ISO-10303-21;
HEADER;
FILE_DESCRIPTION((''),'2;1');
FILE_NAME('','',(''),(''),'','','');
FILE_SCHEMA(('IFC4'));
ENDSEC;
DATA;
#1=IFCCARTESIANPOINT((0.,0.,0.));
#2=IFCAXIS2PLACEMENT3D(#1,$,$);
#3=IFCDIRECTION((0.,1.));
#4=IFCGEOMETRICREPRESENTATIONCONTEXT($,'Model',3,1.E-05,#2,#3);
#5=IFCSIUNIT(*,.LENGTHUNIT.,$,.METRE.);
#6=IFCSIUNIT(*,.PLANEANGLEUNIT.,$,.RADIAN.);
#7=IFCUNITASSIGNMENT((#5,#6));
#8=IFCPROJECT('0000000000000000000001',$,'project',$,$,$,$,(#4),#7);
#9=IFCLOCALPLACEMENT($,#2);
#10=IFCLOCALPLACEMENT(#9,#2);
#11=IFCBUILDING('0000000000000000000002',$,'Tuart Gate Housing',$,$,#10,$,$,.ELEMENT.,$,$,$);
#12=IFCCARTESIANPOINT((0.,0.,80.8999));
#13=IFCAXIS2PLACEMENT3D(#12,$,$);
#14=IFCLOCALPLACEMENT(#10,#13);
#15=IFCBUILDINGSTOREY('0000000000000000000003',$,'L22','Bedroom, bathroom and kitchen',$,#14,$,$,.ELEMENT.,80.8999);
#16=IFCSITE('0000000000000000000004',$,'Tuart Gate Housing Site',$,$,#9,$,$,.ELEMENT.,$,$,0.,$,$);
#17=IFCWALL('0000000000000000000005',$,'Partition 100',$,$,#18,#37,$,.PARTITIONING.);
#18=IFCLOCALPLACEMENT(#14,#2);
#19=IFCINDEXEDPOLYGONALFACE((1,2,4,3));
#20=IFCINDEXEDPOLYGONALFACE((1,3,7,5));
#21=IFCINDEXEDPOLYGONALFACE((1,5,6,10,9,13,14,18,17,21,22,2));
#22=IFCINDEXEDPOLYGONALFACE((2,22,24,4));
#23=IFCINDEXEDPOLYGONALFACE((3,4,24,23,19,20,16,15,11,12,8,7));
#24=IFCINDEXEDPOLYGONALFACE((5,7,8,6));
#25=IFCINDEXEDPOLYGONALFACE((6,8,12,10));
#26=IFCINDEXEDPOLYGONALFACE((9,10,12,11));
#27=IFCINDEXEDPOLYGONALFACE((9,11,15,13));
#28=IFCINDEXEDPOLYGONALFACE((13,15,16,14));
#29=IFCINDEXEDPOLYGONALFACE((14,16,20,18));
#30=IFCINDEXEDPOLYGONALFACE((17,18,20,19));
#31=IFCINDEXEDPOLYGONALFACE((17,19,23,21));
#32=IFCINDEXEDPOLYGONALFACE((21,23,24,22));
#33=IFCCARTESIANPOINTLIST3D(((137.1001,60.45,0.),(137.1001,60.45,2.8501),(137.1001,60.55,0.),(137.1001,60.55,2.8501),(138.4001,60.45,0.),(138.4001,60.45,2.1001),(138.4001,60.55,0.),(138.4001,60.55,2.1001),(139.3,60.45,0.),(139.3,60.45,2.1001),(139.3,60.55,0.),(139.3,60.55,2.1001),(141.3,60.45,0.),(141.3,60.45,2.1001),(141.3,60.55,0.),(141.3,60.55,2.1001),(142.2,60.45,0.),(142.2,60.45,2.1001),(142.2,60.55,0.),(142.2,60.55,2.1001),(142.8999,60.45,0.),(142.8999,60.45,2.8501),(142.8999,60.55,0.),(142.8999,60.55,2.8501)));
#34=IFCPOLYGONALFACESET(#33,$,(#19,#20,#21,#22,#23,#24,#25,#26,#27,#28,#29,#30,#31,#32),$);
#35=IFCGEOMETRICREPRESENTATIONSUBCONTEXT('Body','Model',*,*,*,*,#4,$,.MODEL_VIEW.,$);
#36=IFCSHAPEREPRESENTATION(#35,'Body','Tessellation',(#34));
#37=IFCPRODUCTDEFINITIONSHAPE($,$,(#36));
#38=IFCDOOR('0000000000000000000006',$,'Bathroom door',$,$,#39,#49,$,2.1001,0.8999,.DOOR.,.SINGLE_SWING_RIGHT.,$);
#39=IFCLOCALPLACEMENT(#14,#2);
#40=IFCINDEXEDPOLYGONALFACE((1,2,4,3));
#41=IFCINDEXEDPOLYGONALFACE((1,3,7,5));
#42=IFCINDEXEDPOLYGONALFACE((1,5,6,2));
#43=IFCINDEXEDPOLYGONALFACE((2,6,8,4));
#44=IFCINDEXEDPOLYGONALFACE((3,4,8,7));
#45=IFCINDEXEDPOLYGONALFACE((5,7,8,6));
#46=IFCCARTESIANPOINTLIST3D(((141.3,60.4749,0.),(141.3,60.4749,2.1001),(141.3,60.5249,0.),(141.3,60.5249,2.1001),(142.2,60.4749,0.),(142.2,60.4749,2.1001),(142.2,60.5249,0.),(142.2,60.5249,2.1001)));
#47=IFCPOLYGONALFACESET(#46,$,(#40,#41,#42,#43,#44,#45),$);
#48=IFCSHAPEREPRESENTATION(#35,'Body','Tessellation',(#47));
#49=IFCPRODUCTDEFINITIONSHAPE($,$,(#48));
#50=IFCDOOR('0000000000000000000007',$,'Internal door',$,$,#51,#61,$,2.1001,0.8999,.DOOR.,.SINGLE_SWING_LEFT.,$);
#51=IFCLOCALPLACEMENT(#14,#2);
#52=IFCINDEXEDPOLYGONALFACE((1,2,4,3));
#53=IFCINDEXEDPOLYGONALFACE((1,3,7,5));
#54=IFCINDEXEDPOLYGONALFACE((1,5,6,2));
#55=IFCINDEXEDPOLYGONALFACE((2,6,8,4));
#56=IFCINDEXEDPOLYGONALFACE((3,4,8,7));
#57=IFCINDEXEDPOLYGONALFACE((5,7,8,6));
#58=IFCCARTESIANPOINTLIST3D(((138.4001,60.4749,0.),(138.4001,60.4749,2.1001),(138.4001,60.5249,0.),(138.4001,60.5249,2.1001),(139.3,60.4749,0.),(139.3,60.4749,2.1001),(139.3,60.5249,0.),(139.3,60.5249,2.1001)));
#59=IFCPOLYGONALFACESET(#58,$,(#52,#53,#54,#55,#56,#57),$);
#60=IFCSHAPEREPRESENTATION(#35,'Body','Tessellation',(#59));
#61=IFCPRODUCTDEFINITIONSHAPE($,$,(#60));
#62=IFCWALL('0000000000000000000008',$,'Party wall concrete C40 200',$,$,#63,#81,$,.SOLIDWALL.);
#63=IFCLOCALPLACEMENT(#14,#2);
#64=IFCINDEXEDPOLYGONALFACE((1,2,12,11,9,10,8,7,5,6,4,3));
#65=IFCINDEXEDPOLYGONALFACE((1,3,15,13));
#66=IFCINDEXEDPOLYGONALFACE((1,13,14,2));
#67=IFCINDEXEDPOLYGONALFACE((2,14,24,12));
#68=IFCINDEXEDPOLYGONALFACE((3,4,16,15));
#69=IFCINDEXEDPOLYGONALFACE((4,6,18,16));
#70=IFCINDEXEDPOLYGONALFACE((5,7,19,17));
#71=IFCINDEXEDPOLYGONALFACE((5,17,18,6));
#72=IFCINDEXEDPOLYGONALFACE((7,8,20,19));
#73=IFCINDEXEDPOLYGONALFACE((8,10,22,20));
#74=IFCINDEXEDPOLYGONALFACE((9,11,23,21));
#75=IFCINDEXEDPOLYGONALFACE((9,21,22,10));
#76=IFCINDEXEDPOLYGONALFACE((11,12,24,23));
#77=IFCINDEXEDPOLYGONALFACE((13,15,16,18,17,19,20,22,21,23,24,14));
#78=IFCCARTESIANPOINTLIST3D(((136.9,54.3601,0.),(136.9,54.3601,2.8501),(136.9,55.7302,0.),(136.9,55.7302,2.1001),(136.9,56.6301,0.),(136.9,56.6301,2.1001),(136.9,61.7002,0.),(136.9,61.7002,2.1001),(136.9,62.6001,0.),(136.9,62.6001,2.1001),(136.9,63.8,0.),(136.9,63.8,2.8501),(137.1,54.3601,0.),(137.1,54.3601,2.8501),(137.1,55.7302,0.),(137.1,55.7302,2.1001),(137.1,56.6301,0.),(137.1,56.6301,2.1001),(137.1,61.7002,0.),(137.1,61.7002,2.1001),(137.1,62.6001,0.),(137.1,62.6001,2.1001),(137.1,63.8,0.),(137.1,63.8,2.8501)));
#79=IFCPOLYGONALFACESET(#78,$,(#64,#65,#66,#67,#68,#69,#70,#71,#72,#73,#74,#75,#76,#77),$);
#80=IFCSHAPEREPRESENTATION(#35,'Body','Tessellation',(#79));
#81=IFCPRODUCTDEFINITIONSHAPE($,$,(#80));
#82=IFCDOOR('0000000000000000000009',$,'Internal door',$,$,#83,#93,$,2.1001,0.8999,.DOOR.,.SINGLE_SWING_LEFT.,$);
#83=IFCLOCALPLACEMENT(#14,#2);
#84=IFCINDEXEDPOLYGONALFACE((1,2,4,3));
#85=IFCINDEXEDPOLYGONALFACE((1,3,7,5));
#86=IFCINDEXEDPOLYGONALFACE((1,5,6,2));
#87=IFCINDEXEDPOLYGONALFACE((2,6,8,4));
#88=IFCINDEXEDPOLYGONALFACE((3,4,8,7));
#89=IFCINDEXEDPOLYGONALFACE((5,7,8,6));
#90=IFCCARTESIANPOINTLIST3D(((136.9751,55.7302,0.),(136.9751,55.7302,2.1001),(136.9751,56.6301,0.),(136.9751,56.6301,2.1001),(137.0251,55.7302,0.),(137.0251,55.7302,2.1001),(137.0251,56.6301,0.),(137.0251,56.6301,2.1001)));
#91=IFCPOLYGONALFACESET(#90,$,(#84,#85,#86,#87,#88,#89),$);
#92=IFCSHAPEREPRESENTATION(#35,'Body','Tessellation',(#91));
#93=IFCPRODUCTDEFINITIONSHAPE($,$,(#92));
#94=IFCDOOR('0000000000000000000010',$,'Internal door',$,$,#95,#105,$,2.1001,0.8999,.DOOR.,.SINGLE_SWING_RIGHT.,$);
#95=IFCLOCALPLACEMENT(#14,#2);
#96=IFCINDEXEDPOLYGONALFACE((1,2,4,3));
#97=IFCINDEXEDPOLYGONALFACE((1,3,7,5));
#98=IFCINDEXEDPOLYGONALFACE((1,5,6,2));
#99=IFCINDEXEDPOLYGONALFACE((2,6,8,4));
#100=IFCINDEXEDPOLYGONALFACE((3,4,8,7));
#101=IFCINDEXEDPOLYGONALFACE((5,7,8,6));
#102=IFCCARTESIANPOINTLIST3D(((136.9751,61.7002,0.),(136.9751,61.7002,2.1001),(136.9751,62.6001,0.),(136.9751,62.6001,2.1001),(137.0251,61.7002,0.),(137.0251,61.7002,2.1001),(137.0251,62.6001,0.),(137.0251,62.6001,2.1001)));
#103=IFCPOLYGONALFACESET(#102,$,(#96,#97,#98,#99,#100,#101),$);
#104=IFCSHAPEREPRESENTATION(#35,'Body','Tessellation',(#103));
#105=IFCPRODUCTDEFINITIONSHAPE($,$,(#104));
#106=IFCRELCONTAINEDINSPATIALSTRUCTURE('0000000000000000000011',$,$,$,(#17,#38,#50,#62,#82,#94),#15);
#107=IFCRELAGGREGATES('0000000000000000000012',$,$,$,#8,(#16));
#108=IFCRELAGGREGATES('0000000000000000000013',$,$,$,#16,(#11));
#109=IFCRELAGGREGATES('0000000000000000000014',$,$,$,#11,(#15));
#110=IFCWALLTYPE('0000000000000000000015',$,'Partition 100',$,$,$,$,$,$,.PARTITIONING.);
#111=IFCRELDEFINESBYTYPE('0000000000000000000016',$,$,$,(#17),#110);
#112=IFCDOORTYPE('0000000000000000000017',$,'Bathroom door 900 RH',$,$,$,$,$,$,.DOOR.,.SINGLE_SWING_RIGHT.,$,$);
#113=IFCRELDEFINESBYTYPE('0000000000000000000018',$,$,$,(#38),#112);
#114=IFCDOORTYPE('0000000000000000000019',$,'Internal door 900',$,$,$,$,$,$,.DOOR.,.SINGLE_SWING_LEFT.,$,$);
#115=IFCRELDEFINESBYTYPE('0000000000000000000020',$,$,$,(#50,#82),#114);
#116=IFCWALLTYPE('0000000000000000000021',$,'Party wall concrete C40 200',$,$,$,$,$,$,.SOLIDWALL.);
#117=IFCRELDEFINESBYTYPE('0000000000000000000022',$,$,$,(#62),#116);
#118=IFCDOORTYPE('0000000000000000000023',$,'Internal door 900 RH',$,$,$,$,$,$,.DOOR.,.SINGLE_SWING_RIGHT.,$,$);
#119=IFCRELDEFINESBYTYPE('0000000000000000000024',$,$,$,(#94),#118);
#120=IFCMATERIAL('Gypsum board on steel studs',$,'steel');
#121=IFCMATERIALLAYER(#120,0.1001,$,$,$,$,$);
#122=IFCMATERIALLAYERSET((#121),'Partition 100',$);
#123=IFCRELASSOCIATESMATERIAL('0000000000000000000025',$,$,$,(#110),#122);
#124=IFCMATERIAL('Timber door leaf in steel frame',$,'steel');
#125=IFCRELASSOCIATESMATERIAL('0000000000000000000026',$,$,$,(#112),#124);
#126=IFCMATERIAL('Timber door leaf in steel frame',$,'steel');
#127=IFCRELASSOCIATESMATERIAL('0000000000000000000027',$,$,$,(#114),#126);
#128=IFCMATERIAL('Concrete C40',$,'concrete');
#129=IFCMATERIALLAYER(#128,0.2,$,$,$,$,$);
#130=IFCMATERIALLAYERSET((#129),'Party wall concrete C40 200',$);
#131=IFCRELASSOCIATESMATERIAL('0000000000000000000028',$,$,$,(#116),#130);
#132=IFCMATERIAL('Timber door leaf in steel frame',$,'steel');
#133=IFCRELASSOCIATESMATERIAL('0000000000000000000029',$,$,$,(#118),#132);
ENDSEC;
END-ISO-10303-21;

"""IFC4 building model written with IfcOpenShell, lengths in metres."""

from ifc_helpers import new_model, si_unit, direction, frame, frame_2d, origin, place, context, subcontext, project, spatial, rectangle, extrude, material, layer, layer_set, type_object, element, fill, save


model = new_model("IFC4")

# Units and contexts
model_context = context("Model", 3, precision=1e-05, world=origin(), true_north=direction((0.0, 1.0)))
body_context = subcontext(model_context, "Body", "Model", "MODEL_VIEW")
ifc_project = project(units=[si_unit("LENGTHUNIT", "METRE"), si_unit("PLANEANGLEUNIT", "RADIAN")], contexts=[model_context])

# Site, building, storey
site_placement = place(None, origin())
site = spatial("IfcSite", under=ifc_project, at=site_placement, Name="Tuart Gate Housing Site", CompositionType="ELEMENT", RefElevation=0.0)
building_placement = place(site_placement, origin())
building = spatial("IfcBuilding", under=site, at=building_placement, Name="Tuart Gate Housing", CompositionType="ELEMENT")
storey_placement = place(building_placement, frame((0.0, 0.0, 80.8999)))
storey = spatial("IfcBuildingStorey", under=building, at=storey_placement, Name="L22", Description="Bedroom, bathroom and kitchen", CompositionType="ELEMENT", Elevation=80.8999)

# Walls, openings, doors
ifc_material_1 = material(Name="Gypsum board on steel studs", Category="steel")
ifc_layer_1 = layer(ifc_material_1, 0.1001)
ifc_layer_set_1 = layer_set([ifc_layer_1], Name="Partition 100")
wall_type_1 = type_object("IfcWallType", Name="Partition 100", PredefinedType="PARTITIONING", material=ifc_layer_set_1)
wall_1_placement = place(storey_placement, frame((137.1001, 60.5, 0.0), z_axis=(0.0, 0.0, 1.0), x_axis=(1.0, 0.0, 0.0)))
wall_1 = element("IfcWall", 1, at=wall_1_placement, inside=storey, type_object=wall_type_1, Name="Partition 100", PredefinedType="PARTITIONING", context=body_context, shape_type="SweptSolid", body=[
    extrude(rectangle(XDim=5.7998, YDim=0.1001, at=frame_2d((2.8999, 0.0))), origin(), (0.0, 0.0, 1.0), 2.8501),
])
opening_1_placement = place(wall_1_placement, frame((1.3, 0.0, 0.0)))
opening_1 = element("IfcOpeningElement", 2, at=opening_1_placement, cuts=wall_1, PredefinedType="OPENING", context=body_context, shape_type="SweptSolid", body=[
    extrude(rectangle(XDim=0.8999, YDim=2.1001, at=frame_2d((0.45, 1.05))), frame((0.0, 0.0601, 0.0), z_axis=(0.0, -1.0, 0.0), x_axis=(1.0, 0.0, 0.0)), (0.0, 0.0, 1.0), 0.1201),
])
opening_2_placement = place(wall_1_placement, frame((4.2, 0.0, 0.0)))
opening_2 = element("IfcOpeningElement", 3, at=opening_2_placement, cuts=wall_1, PredefinedType="OPENING", context=body_context, shape_type="SweptSolid", body=[
    extrude(rectangle(XDim=0.8999, YDim=2.1001, at=frame_2d((0.45, 1.05))), frame((0.0, 0.0601, 0.0), z_axis=(0.0, -1.0, 0.0), x_axis=(1.0, 0.0, 0.0)), (0.0, 0.0, 1.0), 0.1201),
])
ifc_material_2 = material(Name="Timber door leaf in steel frame", Category="steel")
door_type_1 = type_object("IfcDoorType", Name="Bathroom door 900 RH", OperationType="SINGLE_SWING_RIGHT", PredefinedType="DOOR", material=ifc_material_2)
door_1_placement = place(opening_2_placement, frame((0.8999, 0.0, 0.0), z_axis=(0.0, 0.0, 1.0), x_axis=(-1.0, 0.0, 0.0)))
door_1 = element("IfcDoor", 4, at=door_1_placement, inside=storey, type_object=door_type_1, Name="Bathroom door", OperationType="SINGLE_SWING_RIGHT", OverallHeight=2.1001, OverallWidth=0.8999, PredefinedType="DOOR", context=body_context, shape_type="SweptSolid", body=[
    extrude(rectangle(XDim=0.8999, YDim=2.1001, at=frame_2d((0.45, 1.05))), frame((0.0, 0.0251, 0.0), z_axis=(0.0, -1.0, 0.0), x_axis=(1.0, 0.0, 0.0)), (0.0, 0.0, 1.0), 0.05),
])
fill(opening_2, door_1)
ifc_material_3 = material(Name="Timber door leaf in steel frame", Category="steel")
door_type_2 = type_object("IfcDoorType", Name="Internal door 900", OperationType="SINGLE_SWING_LEFT", PredefinedType="DOOR", material=ifc_material_3)
door_2_placement = place(opening_1_placement, origin())
door_2 = element("IfcDoor", 5, at=door_2_placement, inside=storey, type_object=door_type_2, Name="Internal door", OperationType="SINGLE_SWING_LEFT", OverallHeight=2.1001, OverallWidth=0.8999, PredefinedType="DOOR", context=body_context, shape_type="SweptSolid", body=[
    extrude(rectangle(XDim=0.8999, YDim=2.1001, at=frame_2d((0.45, 1.05))), frame((0.0, 0.0249, 0.0), z_axis=(0.0, -1.0, 0.0), x_axis=(1.0, 0.0, 0.0)), (0.0, 0.0, 1.0), 0.05),
])
fill(opening_1, door_2)
ifc_material_4 = material(Name="Concrete C40", Category="concrete")
ifc_layer_2 = layer(ifc_material_4, 0.2)
ifc_layer_set_2 = layer_set([ifc_layer_2], Name="Party wall concrete C40 200")
wall_type_2 = type_object("IfcWallType", Name="Party wall concrete C40 200", PredefinedType="SOLIDWALL", material=ifc_layer_set_2)
wall_2_placement = place(storey_placement, frame((137.0, 54.3601, 0.0), z_axis=(0.0, 0.0, 1.0), x_axis=(0.0, 1.0, 0.0)))
wall_2 = element("IfcWall", 6, at=wall_2_placement, inside=storey, type_object=wall_type_2, Name="Party wall concrete C40 200", PredefinedType="SOLIDWALL", context=body_context, shape_type="SweptSolid", body=[
    extrude(rectangle(XDim=9.4399, YDim=0.2, at=frame_2d((4.72, 0.0))), origin(), (0.0, 0.0, 1.0), 2.8501),
])
opening_3_placement = place(wall_2_placement, frame((1.3701, 0.0, 0.0)))
opening_3 = element("IfcOpeningElement", 7, at=opening_3_placement, cuts=wall_2, PredefinedType="OPENING", context=body_context, shape_type="SweptSolid", body=[
    extrude(rectangle(XDim=0.8999, YDim=2.1001, at=frame_2d((0.45, 1.05))), frame((0.0, 0.1099, 0.0), z_axis=(0.0, -1.0, 0.0), x_axis=(1.0, 0.0, 0.0)), (0.0, 0.0, 1.0), 0.22),
])
opening_4_placement = place(wall_2_placement, frame((7.3401, 0.0, 0.0)))
opening_4 = element("IfcOpeningElement", 8, at=opening_4_placement, cuts=wall_2, PredefinedType="OPENING", context=body_context, shape_type="SweptSolid", body=[
    extrude(rectangle(XDim=0.8999, YDim=2.1001, at=frame_2d((0.45, 1.05))), frame((0.0, 0.1099, 0.0), z_axis=(0.0, -1.0, 0.0), x_axis=(1.0, 0.0, 0.0)), (0.0, 0.0, 1.0), 0.22),
])
door_3_placement = place(opening_3_placement, origin())
door_3 = element("IfcDoor", 9, at=door_3_placement, inside=storey, type_object=door_type_2, Name="Internal door", OperationType="SINGLE_SWING_LEFT", OverallHeight=2.1001, OverallWidth=0.8999, PredefinedType="DOOR", context=body_context, shape_type="SweptSolid", body=[
    extrude(rectangle(XDim=0.8999, YDim=2.1001, at=frame_2d((0.45, 1.05))), frame((0.0, 0.0249, 0.0), z_axis=(0.0, -1.0, 0.0), x_axis=(1.0, 0.0, 0.0)), (0.0, 0.0, 1.0), 0.05),
])
fill(opening_3, door_3)
ifc_material_5 = material(Name="Timber door leaf in steel frame", Category="steel")
door_type_3 = type_object("IfcDoorType", Name="Internal door 900 RH", OperationType="SINGLE_SWING_RIGHT", PredefinedType="DOOR", material=ifc_material_5)
door_4_placement = place(opening_4_placement, origin())
door_4 = element("IfcDoor", 10, at=door_4_placement, inside=storey, type_object=door_type_3, Name="Internal door", OperationType="SINGLE_SWING_RIGHT", OverallHeight=2.1001, OverallWidth=0.8999, PredefinedType="DOOR", context=body_context, shape_type="SweptSolid", body=[
    extrude(rectangle(XDim=0.8999, YDim=2.1001, at=frame_2d((0.45, 1.05))), frame((0.0, 0.0249, 0.0), z_axis=(0.0, -1.0, 0.0), x_axis=(1.0, 0.0, 0.0)), (0.0, 0.0, 1.0), 0.05),
])
fill(opening_4, door_4)

save(model, "model.ifc")
